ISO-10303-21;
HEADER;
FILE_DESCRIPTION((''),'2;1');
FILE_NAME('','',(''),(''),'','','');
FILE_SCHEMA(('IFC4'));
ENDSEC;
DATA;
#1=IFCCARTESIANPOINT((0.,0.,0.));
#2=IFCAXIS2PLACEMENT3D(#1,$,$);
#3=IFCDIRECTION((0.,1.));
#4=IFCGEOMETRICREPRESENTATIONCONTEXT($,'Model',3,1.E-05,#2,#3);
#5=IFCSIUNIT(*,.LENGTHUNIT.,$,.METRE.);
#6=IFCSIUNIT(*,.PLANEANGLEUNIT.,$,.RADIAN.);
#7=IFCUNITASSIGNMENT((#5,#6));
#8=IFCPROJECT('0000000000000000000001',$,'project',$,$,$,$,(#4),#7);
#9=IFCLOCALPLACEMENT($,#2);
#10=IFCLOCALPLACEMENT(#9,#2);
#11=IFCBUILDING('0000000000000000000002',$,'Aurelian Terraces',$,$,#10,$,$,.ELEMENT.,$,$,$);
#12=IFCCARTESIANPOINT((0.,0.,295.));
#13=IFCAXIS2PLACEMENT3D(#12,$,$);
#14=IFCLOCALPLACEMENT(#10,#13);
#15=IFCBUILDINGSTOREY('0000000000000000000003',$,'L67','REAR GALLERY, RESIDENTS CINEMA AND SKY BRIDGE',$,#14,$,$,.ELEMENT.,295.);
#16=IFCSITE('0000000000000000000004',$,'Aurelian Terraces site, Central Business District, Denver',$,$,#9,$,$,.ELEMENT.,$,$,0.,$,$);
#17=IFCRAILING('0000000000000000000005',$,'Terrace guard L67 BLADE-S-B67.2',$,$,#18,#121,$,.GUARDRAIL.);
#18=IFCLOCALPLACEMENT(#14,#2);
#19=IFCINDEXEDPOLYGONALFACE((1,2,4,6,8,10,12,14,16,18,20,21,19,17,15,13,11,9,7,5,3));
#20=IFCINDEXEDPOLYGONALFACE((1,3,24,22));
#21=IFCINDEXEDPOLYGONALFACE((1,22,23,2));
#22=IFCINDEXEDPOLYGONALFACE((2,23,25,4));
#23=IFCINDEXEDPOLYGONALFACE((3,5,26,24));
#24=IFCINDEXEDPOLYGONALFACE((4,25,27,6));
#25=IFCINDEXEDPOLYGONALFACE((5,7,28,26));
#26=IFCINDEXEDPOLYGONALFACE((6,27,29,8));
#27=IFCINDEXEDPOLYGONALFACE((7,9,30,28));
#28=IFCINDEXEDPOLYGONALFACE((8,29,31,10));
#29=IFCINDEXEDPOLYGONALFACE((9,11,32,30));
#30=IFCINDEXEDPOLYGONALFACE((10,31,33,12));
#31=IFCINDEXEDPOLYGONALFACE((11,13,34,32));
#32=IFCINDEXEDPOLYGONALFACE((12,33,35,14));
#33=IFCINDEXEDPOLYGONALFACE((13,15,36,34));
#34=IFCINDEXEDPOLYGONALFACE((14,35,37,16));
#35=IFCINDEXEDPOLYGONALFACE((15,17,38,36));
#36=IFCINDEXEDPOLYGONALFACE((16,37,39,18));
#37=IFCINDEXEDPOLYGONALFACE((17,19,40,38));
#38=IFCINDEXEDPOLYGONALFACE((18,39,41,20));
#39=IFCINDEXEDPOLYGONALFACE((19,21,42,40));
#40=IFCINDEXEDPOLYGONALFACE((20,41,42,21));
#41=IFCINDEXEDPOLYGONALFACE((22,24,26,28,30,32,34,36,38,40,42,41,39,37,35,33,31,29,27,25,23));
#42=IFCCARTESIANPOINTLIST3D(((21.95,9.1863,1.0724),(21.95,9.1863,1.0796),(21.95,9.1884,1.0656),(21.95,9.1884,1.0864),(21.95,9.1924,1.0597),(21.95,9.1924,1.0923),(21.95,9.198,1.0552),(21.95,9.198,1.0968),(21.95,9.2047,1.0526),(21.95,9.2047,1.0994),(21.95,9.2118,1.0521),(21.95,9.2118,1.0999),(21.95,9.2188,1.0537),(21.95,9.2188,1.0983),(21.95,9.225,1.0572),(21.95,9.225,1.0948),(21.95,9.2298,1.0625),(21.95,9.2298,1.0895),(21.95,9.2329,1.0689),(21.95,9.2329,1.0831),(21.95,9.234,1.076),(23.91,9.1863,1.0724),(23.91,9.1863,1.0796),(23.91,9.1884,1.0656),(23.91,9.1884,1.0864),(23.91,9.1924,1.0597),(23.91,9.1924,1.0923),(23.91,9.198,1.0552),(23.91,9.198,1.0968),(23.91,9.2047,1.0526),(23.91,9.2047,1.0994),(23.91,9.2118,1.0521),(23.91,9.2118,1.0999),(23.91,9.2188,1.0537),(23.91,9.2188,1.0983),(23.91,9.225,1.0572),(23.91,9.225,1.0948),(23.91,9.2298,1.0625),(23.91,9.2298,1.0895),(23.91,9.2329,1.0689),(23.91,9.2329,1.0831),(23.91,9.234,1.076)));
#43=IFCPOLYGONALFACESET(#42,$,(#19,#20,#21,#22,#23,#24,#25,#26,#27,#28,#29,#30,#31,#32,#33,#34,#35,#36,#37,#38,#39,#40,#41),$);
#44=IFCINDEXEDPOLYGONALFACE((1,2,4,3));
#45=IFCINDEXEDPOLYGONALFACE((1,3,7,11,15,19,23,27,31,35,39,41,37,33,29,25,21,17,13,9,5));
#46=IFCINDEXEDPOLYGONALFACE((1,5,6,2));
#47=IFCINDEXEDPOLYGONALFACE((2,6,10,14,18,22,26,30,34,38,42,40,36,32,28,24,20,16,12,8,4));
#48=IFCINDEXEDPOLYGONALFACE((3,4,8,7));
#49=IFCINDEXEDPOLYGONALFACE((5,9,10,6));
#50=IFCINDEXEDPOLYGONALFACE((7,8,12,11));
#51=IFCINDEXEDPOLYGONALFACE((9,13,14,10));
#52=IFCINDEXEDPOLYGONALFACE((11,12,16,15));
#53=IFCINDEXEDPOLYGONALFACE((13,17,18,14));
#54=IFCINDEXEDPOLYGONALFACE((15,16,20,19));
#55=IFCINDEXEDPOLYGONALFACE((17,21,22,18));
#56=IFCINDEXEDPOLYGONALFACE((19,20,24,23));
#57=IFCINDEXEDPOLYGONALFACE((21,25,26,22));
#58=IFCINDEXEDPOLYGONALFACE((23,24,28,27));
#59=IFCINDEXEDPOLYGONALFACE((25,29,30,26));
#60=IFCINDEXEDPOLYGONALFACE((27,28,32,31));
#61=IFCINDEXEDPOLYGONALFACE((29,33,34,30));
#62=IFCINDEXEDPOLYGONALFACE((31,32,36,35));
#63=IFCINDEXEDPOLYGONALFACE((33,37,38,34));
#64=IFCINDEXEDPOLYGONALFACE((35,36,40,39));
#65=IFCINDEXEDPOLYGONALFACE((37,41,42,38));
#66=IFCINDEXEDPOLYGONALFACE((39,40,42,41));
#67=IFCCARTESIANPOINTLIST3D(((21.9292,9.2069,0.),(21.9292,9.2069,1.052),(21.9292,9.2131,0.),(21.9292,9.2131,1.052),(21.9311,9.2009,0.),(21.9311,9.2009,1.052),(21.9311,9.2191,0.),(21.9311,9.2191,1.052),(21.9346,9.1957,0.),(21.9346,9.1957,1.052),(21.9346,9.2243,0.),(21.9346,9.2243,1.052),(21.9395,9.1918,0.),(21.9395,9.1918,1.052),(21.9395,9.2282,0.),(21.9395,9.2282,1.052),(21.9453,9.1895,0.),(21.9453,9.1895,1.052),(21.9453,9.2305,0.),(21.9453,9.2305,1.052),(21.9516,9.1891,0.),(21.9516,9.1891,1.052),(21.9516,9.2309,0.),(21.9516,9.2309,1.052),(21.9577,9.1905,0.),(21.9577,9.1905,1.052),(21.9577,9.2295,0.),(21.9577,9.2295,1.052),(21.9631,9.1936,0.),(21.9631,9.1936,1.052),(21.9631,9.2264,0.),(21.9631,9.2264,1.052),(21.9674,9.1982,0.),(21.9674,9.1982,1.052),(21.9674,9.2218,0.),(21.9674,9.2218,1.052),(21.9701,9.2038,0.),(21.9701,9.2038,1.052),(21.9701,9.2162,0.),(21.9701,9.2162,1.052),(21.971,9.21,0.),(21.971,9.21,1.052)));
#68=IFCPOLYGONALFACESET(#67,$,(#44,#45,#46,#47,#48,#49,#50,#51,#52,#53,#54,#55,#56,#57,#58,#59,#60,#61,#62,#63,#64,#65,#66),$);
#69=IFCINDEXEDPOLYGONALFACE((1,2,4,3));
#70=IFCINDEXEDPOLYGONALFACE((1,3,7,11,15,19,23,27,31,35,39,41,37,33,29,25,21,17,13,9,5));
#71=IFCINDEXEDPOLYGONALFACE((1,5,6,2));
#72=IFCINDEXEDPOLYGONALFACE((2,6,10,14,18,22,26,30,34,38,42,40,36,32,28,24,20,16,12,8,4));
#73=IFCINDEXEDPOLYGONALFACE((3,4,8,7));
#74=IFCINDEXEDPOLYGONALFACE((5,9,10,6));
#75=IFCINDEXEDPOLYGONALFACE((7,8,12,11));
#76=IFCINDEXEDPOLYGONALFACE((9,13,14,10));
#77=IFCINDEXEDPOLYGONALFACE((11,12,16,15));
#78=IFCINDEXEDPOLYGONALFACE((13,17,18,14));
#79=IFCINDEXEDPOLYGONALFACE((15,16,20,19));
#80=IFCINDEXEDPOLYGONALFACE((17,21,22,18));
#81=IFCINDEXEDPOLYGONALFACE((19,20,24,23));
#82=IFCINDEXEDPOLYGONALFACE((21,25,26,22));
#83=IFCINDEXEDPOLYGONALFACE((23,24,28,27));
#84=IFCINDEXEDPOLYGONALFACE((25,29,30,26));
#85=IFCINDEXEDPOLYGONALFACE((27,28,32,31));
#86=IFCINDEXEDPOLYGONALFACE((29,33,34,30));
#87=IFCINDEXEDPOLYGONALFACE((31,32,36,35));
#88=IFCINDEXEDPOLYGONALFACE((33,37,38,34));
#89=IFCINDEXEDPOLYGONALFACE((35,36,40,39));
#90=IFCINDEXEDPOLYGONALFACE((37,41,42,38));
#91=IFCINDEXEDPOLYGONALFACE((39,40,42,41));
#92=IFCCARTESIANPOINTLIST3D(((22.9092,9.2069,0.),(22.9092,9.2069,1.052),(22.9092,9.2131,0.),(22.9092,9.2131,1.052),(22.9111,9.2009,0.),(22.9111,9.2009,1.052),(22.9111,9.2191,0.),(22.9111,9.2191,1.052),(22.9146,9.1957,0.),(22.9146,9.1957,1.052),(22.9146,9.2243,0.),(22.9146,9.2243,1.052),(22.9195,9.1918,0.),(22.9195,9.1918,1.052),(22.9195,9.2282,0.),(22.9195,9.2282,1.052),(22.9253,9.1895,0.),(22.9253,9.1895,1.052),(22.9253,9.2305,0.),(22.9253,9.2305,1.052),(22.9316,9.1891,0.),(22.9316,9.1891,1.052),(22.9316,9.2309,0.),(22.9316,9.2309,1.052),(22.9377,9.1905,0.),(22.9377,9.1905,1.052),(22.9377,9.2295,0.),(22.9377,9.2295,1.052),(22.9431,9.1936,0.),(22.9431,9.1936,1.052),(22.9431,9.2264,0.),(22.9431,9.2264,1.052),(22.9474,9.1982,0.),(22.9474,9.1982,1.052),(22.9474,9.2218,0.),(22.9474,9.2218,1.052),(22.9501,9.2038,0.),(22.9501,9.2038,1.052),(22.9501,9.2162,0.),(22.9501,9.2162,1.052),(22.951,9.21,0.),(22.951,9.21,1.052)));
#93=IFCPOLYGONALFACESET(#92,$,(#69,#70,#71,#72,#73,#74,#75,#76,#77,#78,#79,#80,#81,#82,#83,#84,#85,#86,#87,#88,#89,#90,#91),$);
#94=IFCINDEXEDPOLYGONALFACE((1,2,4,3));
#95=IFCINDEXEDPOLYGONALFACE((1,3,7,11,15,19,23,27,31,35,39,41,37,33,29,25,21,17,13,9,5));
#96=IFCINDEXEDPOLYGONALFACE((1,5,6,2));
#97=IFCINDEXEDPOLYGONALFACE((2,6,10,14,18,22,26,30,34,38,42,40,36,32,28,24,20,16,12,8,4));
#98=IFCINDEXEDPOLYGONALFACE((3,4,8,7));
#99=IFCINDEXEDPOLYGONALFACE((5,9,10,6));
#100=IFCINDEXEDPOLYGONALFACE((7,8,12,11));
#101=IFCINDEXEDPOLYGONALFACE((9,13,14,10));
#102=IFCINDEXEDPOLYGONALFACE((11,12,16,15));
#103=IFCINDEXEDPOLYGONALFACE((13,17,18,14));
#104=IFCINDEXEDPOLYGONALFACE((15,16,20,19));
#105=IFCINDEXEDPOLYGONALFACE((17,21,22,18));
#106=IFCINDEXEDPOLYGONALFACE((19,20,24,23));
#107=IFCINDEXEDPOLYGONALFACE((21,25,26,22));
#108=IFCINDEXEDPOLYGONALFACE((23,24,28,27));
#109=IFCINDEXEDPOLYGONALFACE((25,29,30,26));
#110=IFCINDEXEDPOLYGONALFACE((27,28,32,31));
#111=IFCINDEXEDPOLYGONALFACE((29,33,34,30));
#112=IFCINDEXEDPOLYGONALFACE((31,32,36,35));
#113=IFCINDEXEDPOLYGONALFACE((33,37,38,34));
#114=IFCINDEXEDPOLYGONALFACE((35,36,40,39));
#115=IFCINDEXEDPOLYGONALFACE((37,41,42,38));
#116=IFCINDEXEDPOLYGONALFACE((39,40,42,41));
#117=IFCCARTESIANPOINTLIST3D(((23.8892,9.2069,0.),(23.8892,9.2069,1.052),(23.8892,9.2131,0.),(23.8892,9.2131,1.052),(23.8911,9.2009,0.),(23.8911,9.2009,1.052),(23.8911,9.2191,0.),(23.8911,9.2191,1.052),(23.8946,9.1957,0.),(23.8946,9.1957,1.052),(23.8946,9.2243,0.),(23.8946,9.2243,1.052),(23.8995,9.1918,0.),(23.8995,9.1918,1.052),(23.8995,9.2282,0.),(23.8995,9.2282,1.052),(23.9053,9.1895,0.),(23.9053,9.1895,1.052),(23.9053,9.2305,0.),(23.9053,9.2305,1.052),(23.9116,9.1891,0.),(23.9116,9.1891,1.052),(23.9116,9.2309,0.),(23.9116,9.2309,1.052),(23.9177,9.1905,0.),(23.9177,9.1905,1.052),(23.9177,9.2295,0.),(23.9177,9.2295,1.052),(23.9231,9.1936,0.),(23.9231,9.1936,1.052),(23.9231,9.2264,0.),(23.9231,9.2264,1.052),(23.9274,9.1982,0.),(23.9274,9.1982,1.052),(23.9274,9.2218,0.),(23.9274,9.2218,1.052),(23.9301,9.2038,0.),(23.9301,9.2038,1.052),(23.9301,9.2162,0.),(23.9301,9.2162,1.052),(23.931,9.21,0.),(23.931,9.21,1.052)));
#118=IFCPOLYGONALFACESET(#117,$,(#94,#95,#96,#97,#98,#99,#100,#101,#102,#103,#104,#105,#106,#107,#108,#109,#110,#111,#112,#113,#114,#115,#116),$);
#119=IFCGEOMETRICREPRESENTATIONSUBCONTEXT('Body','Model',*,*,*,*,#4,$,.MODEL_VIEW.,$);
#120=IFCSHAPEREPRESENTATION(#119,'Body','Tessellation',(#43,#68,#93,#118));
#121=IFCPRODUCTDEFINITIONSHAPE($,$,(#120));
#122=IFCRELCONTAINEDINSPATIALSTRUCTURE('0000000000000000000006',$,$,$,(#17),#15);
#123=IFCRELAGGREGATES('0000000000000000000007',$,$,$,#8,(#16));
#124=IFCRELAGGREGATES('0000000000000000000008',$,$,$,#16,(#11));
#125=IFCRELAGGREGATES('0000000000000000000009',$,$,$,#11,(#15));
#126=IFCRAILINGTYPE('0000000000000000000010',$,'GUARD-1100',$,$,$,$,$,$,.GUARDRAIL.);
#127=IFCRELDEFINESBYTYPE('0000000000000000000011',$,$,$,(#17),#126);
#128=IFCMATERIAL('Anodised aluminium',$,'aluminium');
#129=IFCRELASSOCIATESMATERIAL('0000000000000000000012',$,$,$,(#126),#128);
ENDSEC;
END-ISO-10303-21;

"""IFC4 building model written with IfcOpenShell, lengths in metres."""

from ifc_helpers import new_model, si_unit, direction, frame, origin, origin_2d, place, context, subcontext, project, spatial, circle, extrude, material, type_object, element, save


model = new_model("IFC4")

# Units and contexts
model_context = context("Model", 3, precision=1e-05, world=origin(), true_north=direction((0.0, 1.0)))
body_context = subcontext(model_context, "Body", "Model", "MODEL_VIEW")
ifc_project = project(units=[si_unit("LENGTHUNIT", "METRE"), si_unit("PLANEANGLEUNIT", "RADIAN")], contexts=[model_context])

# Site, building, storey
site_placement = place(None, origin())
site = spatial("IfcSite", under=ifc_project, at=site_placement, Name="Aurelian Terraces site, Central Business District, Denver", CompositionType="ELEMENT", RefElevation=0.0)
building_placement = place(site_placement, origin())
building = spatial("IfcBuilding", under=site, at=building_placement, Name="Aurelian Terraces", CompositionType="ELEMENT")
storey_placement = place(building_placement, frame((0.0, 0.0, 295.0)))
storey = spatial("IfcBuildingStorey", under=building, at=storey_placement, Name="L67", Description="REAR GALLERY, RESIDENTS CINEMA AND SKY BRIDGE", CompositionType="ELEMENT", Elevation=295.0)

# Railing
ifc_material_1 = material(Name="Anodised aluminium", Category="aluminium")
railing_type = type_object("IfcRailingType", Name="GUARD-1100", PredefinedType="GUARDRAIL", material=ifc_material_1)
railing_1_placement = place(storey_placement, frame((21.95, 9.21, 0.0)))
element("IfcRailing", 1, at=railing_1_placement, inside=storey, type_object=railing_type, Name="Terrace guard L67 BLADE-S-B67.2", PredefinedType="GUARDRAIL", context=body_context, shape_type="SweptSolid", body=[
    extrude(circle(Radius=0.024, at=origin_2d()), frame((0.0, 0.0, 1.076), z_axis=(1.0, 0.0, 0.0), x_axis=(0.0, 1.0, 0.0)), (0.0, 0.0, 1.0), 1.96),
    extrude(circle(Radius=0.021, at=origin_2d()), origin(), (0.0, 0.0, 1.0), 1.052),
    extrude(circle(Radius=0.021, at=origin_2d()), frame((0.98, 0.0, 0.0)), (0.0, 0.0, 1.0), 1.052),
    extrude(circle(Radius=0.021, at=origin_2d()), frame((1.96, 0.0, 0.0)), (0.0, 0.0, 1.0), 1.052),
])

save(model, "model.ifc")
